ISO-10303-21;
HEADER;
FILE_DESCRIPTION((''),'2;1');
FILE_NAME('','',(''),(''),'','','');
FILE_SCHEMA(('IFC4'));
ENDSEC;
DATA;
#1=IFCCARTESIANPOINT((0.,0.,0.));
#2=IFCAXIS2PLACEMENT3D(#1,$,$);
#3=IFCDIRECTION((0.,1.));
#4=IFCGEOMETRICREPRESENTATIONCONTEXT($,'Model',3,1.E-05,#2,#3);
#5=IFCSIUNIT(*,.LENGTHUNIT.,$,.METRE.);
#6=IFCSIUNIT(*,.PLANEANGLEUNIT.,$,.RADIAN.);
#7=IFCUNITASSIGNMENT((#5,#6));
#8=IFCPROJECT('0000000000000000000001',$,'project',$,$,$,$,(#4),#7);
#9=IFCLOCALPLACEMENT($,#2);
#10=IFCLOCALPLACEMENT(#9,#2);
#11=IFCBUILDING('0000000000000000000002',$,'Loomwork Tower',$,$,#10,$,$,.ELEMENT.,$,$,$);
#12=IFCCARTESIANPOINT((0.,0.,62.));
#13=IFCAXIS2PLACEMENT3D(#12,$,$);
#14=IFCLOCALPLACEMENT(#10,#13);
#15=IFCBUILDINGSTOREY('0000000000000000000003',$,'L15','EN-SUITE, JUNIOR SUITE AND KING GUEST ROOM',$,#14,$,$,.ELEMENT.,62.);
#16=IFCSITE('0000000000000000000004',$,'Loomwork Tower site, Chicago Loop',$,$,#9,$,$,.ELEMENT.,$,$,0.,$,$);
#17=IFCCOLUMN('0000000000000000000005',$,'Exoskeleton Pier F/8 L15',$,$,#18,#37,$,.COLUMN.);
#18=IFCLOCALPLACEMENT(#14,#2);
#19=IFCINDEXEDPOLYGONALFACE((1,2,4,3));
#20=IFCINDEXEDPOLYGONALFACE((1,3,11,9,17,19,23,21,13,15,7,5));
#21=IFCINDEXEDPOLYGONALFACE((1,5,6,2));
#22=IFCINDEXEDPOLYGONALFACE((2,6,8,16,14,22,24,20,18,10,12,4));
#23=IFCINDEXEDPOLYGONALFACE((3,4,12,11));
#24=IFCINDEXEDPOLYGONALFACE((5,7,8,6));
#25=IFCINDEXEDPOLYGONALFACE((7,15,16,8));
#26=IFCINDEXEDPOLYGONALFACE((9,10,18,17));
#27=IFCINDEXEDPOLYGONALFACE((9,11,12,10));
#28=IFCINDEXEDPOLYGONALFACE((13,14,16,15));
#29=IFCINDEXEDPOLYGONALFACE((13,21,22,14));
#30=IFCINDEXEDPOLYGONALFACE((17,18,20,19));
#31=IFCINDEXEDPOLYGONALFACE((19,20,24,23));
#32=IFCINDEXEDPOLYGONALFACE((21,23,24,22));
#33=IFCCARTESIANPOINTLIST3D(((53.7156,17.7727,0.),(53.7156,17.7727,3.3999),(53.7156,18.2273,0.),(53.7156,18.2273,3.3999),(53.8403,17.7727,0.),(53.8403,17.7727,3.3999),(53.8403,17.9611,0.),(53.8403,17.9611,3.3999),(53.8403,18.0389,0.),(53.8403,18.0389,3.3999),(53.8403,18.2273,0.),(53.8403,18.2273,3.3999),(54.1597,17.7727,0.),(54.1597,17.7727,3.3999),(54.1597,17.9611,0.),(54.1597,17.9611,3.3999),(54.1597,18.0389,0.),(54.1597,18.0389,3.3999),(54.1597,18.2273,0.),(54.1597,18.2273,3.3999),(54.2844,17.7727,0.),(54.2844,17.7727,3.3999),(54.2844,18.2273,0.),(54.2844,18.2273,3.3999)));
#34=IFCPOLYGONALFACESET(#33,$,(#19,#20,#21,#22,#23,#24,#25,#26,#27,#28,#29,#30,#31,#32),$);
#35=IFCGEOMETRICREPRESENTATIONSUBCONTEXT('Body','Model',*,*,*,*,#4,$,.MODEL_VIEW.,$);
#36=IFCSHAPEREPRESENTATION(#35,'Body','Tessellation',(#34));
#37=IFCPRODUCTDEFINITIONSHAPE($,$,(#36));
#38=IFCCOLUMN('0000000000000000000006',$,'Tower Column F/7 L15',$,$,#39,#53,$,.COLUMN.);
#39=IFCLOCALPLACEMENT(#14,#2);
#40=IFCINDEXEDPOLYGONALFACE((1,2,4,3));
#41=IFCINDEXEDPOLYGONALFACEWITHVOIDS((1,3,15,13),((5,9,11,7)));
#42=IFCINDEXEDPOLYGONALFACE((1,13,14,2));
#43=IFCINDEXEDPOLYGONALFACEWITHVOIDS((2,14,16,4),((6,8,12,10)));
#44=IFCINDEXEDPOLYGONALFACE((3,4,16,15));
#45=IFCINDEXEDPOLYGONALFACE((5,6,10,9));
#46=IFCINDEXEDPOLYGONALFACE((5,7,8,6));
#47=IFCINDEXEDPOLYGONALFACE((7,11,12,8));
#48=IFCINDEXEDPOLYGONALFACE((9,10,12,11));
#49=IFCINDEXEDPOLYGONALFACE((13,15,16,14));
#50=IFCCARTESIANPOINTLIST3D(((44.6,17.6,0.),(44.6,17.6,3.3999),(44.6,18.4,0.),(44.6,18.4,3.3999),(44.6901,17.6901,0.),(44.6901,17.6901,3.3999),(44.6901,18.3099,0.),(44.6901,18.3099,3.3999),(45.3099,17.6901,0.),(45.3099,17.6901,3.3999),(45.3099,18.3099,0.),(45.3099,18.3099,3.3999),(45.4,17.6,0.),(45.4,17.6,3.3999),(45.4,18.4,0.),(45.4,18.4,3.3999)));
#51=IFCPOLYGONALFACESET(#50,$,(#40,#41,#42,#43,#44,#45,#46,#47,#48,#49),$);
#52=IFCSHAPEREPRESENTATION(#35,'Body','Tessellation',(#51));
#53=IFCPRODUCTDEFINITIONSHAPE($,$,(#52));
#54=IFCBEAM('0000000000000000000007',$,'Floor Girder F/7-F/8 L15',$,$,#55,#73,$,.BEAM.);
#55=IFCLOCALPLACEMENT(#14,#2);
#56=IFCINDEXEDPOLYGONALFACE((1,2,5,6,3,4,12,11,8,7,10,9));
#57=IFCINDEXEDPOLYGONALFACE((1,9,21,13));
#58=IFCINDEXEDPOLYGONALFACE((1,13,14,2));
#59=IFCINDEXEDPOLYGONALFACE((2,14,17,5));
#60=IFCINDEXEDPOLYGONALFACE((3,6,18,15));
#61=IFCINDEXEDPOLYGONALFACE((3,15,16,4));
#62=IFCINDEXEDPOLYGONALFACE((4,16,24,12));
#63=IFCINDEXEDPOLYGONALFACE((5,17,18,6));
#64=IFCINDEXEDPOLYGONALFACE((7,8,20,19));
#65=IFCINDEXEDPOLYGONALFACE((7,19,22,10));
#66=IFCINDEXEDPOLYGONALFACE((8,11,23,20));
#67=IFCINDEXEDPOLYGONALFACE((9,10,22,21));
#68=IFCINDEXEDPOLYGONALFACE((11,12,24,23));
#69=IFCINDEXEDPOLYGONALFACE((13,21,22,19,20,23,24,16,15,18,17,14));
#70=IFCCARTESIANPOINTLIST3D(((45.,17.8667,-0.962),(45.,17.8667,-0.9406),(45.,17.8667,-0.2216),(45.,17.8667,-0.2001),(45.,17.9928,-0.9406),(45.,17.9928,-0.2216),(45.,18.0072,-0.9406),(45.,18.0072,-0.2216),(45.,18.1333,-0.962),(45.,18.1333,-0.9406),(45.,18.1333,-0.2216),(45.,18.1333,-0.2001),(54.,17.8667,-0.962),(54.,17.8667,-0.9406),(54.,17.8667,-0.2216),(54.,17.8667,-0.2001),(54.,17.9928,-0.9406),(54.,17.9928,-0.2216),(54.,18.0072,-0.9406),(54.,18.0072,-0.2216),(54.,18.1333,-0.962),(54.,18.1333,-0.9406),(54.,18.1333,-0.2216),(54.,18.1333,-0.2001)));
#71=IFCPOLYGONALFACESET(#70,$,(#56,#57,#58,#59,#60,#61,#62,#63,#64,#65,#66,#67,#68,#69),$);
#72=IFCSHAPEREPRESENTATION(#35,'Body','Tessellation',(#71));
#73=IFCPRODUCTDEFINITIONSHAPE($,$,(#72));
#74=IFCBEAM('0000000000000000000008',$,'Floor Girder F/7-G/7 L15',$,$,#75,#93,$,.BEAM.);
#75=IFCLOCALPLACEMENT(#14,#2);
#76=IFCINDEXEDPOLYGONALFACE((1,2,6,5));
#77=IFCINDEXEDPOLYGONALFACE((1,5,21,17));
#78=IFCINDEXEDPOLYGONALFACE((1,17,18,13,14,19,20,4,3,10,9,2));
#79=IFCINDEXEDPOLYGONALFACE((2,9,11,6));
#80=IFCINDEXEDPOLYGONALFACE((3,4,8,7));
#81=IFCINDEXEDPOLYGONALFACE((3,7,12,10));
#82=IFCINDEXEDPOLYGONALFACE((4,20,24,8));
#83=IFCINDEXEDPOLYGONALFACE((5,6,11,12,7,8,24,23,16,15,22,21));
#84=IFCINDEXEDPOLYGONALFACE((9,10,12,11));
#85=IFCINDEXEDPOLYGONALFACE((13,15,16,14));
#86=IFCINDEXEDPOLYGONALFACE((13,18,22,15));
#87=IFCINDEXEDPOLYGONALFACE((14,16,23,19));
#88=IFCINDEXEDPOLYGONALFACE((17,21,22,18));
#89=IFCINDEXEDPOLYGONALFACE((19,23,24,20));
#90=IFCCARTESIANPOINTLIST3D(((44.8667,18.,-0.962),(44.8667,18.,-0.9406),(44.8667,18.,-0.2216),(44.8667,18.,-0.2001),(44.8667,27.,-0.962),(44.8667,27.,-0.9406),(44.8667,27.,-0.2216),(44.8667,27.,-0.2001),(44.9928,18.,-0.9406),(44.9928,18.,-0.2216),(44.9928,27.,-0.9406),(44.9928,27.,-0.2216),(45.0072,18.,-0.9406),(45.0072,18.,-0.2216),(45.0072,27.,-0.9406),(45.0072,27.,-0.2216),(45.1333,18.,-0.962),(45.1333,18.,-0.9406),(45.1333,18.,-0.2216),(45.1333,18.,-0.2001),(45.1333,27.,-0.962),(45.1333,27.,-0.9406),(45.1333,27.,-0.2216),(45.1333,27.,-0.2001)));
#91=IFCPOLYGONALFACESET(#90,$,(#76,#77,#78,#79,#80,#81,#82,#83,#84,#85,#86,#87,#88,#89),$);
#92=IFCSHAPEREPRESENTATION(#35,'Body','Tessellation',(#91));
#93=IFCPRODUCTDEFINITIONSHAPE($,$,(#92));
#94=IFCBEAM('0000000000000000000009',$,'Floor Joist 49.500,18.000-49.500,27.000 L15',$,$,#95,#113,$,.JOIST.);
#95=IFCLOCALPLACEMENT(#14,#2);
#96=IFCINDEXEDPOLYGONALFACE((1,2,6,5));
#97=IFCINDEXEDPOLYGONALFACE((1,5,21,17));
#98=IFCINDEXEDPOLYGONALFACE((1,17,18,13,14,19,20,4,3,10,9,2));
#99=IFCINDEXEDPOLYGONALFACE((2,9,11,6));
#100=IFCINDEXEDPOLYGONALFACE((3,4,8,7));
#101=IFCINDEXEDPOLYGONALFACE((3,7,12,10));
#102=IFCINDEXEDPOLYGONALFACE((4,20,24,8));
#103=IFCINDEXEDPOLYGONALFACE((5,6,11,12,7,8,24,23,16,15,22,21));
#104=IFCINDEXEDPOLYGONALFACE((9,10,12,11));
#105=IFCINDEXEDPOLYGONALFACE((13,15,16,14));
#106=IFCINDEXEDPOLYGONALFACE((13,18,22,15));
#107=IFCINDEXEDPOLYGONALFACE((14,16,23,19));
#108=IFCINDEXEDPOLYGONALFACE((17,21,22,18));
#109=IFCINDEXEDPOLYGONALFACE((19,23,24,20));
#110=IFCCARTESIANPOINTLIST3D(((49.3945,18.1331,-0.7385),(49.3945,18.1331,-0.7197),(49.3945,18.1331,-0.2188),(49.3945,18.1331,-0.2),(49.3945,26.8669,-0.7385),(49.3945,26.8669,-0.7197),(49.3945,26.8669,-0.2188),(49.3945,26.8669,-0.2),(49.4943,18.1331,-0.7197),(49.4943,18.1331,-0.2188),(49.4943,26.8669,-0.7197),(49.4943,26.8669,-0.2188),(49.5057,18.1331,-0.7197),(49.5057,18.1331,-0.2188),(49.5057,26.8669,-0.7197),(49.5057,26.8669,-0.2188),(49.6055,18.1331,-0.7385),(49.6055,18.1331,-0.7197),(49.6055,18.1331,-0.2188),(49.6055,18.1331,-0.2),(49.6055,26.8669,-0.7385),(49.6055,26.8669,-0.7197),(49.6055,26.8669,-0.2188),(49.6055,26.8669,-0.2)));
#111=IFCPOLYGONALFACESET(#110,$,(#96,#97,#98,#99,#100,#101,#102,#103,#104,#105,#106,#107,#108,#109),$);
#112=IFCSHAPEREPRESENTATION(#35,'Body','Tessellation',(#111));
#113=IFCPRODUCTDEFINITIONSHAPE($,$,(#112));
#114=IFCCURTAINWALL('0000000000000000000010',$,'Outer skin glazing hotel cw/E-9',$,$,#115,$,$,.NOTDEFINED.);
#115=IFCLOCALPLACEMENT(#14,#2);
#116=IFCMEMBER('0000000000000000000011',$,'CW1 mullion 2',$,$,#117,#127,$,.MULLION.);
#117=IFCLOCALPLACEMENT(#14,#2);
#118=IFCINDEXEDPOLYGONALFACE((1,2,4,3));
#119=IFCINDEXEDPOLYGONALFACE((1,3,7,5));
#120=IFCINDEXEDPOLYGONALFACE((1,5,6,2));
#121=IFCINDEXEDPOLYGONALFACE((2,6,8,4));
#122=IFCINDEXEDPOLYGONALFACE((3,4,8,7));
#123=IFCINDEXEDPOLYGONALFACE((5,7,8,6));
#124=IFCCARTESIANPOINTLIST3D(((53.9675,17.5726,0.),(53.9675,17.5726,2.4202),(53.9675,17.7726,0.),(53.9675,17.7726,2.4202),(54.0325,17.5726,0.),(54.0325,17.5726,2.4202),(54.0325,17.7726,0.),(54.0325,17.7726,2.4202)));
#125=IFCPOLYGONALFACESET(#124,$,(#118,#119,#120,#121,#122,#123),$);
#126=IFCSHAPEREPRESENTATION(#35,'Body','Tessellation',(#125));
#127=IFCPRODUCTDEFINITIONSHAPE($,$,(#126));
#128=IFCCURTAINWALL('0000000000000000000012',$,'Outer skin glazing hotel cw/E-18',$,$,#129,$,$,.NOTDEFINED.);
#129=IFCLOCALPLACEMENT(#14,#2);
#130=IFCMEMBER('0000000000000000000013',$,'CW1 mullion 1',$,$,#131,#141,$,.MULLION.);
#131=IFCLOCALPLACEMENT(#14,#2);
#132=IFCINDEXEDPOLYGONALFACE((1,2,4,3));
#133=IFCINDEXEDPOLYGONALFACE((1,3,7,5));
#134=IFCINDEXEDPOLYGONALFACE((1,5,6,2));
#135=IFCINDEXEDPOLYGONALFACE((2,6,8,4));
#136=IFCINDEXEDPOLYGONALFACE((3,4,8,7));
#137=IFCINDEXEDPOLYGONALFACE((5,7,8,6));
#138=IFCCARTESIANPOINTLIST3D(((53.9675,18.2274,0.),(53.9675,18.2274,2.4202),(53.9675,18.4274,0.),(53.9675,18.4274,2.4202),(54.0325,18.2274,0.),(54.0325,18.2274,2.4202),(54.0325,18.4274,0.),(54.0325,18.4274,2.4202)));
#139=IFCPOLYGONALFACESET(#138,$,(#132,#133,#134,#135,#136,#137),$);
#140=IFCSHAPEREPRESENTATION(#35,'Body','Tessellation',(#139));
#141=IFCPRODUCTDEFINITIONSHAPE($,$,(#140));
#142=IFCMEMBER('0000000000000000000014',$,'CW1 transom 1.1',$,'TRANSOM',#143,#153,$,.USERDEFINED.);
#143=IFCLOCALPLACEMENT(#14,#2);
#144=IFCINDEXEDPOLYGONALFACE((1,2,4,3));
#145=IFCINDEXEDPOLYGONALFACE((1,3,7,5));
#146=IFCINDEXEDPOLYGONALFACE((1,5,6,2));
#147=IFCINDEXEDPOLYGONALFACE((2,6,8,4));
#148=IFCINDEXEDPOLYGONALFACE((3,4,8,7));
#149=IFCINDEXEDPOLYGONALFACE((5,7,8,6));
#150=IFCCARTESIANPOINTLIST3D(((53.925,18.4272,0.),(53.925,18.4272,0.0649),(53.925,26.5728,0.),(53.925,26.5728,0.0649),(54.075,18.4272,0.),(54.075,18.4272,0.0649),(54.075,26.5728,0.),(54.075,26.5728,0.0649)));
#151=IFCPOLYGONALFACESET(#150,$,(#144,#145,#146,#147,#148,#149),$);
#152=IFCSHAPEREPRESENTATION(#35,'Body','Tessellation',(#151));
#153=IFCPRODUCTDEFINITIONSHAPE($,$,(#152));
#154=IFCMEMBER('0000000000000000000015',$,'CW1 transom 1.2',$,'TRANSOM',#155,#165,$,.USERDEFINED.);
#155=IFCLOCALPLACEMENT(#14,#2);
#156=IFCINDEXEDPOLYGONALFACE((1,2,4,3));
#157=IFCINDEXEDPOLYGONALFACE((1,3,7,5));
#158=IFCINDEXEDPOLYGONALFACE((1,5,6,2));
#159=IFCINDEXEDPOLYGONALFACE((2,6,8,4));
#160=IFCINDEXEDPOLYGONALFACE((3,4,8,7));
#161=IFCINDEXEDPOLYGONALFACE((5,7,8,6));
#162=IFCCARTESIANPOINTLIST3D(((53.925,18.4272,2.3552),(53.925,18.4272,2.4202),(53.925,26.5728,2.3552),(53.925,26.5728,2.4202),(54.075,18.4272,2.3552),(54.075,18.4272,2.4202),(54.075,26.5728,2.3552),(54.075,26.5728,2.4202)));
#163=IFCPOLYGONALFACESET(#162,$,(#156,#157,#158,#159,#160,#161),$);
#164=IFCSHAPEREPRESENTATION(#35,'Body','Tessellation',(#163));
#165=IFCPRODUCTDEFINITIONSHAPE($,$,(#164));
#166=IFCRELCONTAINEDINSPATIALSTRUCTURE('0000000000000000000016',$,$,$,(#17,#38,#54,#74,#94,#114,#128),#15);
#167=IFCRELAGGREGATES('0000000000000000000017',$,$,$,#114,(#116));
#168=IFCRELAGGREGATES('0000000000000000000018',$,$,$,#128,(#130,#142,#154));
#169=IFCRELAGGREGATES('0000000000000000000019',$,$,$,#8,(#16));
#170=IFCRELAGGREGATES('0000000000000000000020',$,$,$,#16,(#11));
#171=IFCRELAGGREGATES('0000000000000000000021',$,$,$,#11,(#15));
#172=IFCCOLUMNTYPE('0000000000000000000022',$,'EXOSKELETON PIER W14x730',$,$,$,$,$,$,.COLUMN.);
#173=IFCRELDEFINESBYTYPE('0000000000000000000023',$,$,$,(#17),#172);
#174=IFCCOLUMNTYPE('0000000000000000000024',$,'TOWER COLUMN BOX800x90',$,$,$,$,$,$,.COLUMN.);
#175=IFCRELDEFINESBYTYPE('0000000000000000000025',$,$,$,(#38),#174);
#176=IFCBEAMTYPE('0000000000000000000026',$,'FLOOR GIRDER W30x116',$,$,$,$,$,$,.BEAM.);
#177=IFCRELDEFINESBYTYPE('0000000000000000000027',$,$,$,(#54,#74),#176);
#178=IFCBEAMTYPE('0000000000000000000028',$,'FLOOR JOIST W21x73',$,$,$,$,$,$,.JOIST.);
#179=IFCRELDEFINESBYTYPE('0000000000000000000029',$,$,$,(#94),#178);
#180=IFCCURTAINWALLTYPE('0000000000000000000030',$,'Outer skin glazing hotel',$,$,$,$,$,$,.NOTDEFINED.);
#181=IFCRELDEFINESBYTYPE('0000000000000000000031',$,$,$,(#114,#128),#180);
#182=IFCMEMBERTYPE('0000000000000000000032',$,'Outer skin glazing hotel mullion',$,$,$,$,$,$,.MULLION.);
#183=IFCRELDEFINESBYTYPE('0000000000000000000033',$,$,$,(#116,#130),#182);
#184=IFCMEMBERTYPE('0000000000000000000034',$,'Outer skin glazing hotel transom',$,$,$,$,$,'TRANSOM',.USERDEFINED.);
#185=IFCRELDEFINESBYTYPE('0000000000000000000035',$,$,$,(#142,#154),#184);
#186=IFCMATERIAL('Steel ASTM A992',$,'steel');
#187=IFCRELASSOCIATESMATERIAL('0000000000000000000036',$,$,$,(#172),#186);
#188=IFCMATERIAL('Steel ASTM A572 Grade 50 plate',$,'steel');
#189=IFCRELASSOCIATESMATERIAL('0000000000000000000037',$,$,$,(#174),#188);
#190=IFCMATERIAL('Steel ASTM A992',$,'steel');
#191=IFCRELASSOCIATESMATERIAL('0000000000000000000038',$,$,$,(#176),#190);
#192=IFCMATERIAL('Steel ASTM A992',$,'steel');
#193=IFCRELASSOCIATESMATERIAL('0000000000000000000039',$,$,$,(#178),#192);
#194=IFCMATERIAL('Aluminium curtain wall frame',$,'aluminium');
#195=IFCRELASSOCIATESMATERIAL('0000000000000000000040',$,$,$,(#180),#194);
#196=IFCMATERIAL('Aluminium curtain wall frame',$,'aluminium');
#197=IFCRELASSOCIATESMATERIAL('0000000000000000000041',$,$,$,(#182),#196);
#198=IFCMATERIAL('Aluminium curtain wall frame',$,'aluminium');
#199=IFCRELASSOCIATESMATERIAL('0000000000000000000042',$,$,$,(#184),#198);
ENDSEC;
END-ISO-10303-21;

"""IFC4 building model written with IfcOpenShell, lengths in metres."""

from ifc_helpers import new_model, si_unit, direction, frame, origin, origin_2d, place, context, subcontext, project, spatial, rectangle, hollow_rectangle, i_section, extrude, material, material_profile, profile_set, type_object, element, aggregate, save


model = new_model("IFC4")

# Units and contexts
model_context = context("Model", 3, precision=1e-05, world=origin(), true_north=direction((0.0, 1.0)))
body_context = subcontext(model_context, "Body", "Model", "MODEL_VIEW")
ifc_project = project(units=[si_unit("LENGTHUNIT", "METRE"), si_unit("PLANEANGLEUNIT", "RADIAN")], contexts=[model_context])

# Site, building, storey
site_placement = place(None, origin())
site = spatial("IfcSite", under=ifc_project, at=site_placement, Name="Loomwork Tower site, Chicago Loop", CompositionType="ELEMENT", RefElevation=0.0)
building_placement = place(site_placement, origin())
building = spatial("IfcBuilding", under=site, at=building_placement, Name="Loomwork Tower", CompositionType="ELEMENT")
storey_placement = place(building_placement, frame((0.0, 0.0, 62.0)))
storey = spatial("IfcBuildingStorey", under=building, at=storey_placement, Name="L15", Description="EN-SUITE, JUNIOR SUITE AND KING GUEST ROOM", CompositionType="ELEMENT", Elevation=62.0)

# Columns
ifc_material_1 = material(Name="Steel ASTM A992", Category="steel")
ifc_material_profile_1 = material_profile(ifc_material_1, i_section(OverallWidth=0.4546, OverallDepth=0.5688, WebThickness=0.0779, FlangeThickness=0.1248, at=origin_2d()), Name="W14x730")
ifc_profile_set_1 = profile_set([ifc_material_profile_1], Name="Steel ASTM A992")
column_type_1 = type_object("IfcColumnType", Name="EXOSKELETON PIER W14x730", PredefinedType="COLUMN", material=ifc_profile_set_1)
column_1_placement = place(storey_placement, frame((54.0, 18.0, 0.0), z_axis=(0.0, 0.0, 1.0), x_axis=(0.0, 1.0, 0.0)))
element("IfcColumn", 1, at=column_1_placement, inside=storey, type_object=column_type_1, Name="Exoskeleton Pier F/8 L15", PredefinedType="COLUMN", context=body_context, shape_type="SweptSolid", body=[
    extrude(i_section(OverallWidth=0.4546, OverallDepth=0.5688, WebThickness=0.0779, FlangeThickness=0.1248, at=origin_2d()), origin(), (0.0, 0.0, 1.0), 3.3999),
])
ifc_material_2 = material(Name="Steel ASTM A572 Grade 50 plate", Category="steel")
ifc_material_profile_2 = material_profile(ifc_material_2, hollow_rectangle(XDim=0.8, YDim=0.8, WallThickness=0.0901, at=origin_2d()), Name="BOX800x90")
ifc_profile_set_2 = profile_set([ifc_material_profile_2], Name="Steel ASTM A572 Grade 50 plate")
column_type_2 = type_object("IfcColumnType", Name="TOWER COLUMN BOX800x90", PredefinedType="COLUMN", material=ifc_profile_set_2)
column_2_placement = place(storey_placement, frame((45.0, 18.0, 0.0), z_axis=(0.0, 0.0, 1.0), x_axis=(0.0, 1.0, 0.0)))
element("IfcColumn", 2, at=column_2_placement, inside=storey, type_object=column_type_2, Name="Tower Column F/7 L15", PredefinedType="COLUMN", context=body_context, shape_type="SweptSolid", body=[
    extrude(hollow_rectangle(XDim=0.8, YDim=0.8, WallThickness=0.0901, at=origin_2d()), origin(), (0.0, 0.0, 1.0), 3.3999),
])

# Beams
ifc_material_3 = material(Name="Steel ASTM A992", Category="steel")
ifc_material_profile_3 = material_profile(ifc_material_3, i_section(OverallWidth=0.2666, OverallDepth=0.762, WebThickness=0.0144, FlangeThickness=0.0215, at=origin_2d()), Name="W30x116")
ifc_profile_set_3 = profile_set([ifc_material_profile_3], Name="Steel ASTM A992")
beam_type_1 = type_object("IfcBeamType", Name="FLOOR GIRDER W30x116", PredefinedType="BEAM", material=ifc_profile_set_3)
for number, where, z_axis, x_axis, name in (
    (3, (45.0, 18.0, -0.5811), (1.0, 0.0, 0.0), (0.0, 1.0, 0.0), "Floor Girder F/7-F/8 L15"),
    (4, (45.0, 18.0, -0.5811), (0.0, 1.0, 0.0), (-1.0, 0.0, 0.0), "Floor Girder F/7-G/7 L15"),
):
    element("IfcBeam", number, at=place(storey_placement, frame(where, z_axis=z_axis, x_axis=x_axis)), inside=storey, type_object=beam_type_1, Name=name, PredefinedType="BEAM", context=body_context, shape_type="SweptSolid", body=[
        extrude(i_section(OverallWidth=0.2666, OverallDepth=0.762, WebThickness=0.0144, FlangeThickness=0.0215, at=origin_2d()), origin(), (0.0, 0.0, 1.0), 9.0),
    ])
ifc_material_4 = material(Name="Steel ASTM A992", Category="steel")
ifc_material_profile_4 = material_profile(ifc_material_4, i_section(OverallWidth=0.2109, OverallDepth=0.5386, WebThickness=0.0115, FlangeThickness=0.0188, at=origin_2d()), Name="W21x73")
ifc_profile_set_4 = profile_set([ifc_material_profile_4], Name="Steel ASTM A992")
beam_type_2 = type_object("IfcBeamType", Name="FLOOR JOIST W21x73", PredefinedType="JOIST", material=ifc_profile_set_4)
beam_1_placement = place(storey_placement, frame((49.5, 18.1331, -0.4692), z_axis=(0.0, 1.0, 0.0), x_axis=(-1.0, 0.0, 0.0)))
element("IfcBeam", 5, at=beam_1_placement, inside=storey, type_object=beam_type_2, Name="Floor Joist 49.500,18.000-49.500,27.000 L15", PredefinedType="JOIST", context=body_context, shape_type="SweptSolid", body=[
    extrude(i_section(OverallWidth=0.2109, OverallDepth=0.5386, WebThickness=0.0115, FlangeThickness=0.0188, at=origin_2d()), origin(), (0.0, 0.0, 1.0), 8.7339),
])

# Curtain wall, member
ifc_material_5 = material(Name="Aluminium curtain wall frame", Category="aluminium")
curtain_wall_type = type_object("IfcCurtainWallType", Name="Outer skin glazing hotel", PredefinedType="NOTDEFINED", material=ifc_material_5)
curtain_wall_1_placement = place(storey_placement, origin())
curtain_wall_1 = element("IfcCurtainWall", 6, at=curtain_wall_1_placement, inside=storey, type_object=curtain_wall_type, Name="Outer skin glazing hotel cw/E-9", PredefinedType="NOTDEFINED")
ifc_material_6 = material(Name="Aluminium curtain wall frame", Category="aluminium")
ifc_material_profile_5 = material_profile(ifc_material_6, rectangle(XDim=0.0649, YDim=0.2, at=origin_2d()), Name="AL 65x200")
ifc_profile_set_5 = profile_set([ifc_material_profile_5], Name="Aluminium curtain wall frame")
member_type_1 = type_object("IfcMemberType", Name="Outer skin glazing hotel mullion", PredefinedType="MULLION", material=ifc_profile_set_5)
member_1_placement = place(storey_placement, frame((54.0, 17.6726, 0.0), z_axis=(0.0, 0.0, 1.0), x_axis=(-1.0, 0.0, 0.0)))
member_1 = element("IfcMember", 7, at=member_1_placement, type_object=member_type_1, Name="CW1 mullion 2", PredefinedType="MULLION", context=body_context, shape_type="SweptSolid", body=[
    extrude(rectangle(XDim=0.0649, YDim=0.2, at=origin_2d()), origin(), (0.0, 0.0, 1.0), 2.4202),
])
aggregate(curtain_wall_1, [member_1])

# Curtain wall, members
curtain_wall_2_placement = place(storey_placement, origin())
curtain_wall_2 = element("IfcCurtainWall", 8, at=curtain_wall_2_placement, inside=storey, type_object=curtain_wall_type, Name="Outer skin glazing hotel cw/E-18", PredefinedType="NOTDEFINED")
member_2_placement = place(storey_placement, frame((54.0, 18.3274, 0.0), z_axis=(0.0, 0.0, 1.0), x_axis=(-1.0, 0.0, 0.0)))
member_2 = element("IfcMember", 9, at=member_2_placement, type_object=member_type_1, Name="CW1 mullion 1", PredefinedType="MULLION", context=body_context, shape_type="SweptSolid", body=[
    extrude(rectangle(XDim=0.0649, YDim=0.2, at=origin_2d()), origin(), (0.0, 0.0, 1.0), 2.4202),
])
ifc_material_7 = material(Name="Aluminium curtain wall frame", Category="aluminium")
ifc_material_profile_6 = material_profile(ifc_material_7, rectangle(XDim=0.1499, YDim=0.0649, at=origin_2d()), Name="AL 65x150")
ifc_profile_set_6 = profile_set([ifc_material_profile_6], Name="Aluminium curtain wall frame")
member_type_2 = type_object("IfcMemberType", Name="Outer skin glazing hotel transom", ElementType="TRANSOM", PredefinedType="USERDEFINED", material=ifc_profile_set_6)
member_3_placement = place(storey_placement, frame((54.0, 18.4272, 0.0325), z_axis=(0.0, 1.0, 0.0), x_axis=(-1.0, 0.0, 0.0)))
member_3 = element("IfcMember", 10, at=member_3_placement, type_object=member_type_2, Name="CW1 transom 1.1", ObjectType="TRANSOM", PredefinedType="USERDEFINED", context=body_context, shape_type="SweptSolid", body=[
    extrude(rectangle(XDim=0.1499, YDim=0.0649, at=origin_2d()), origin(), (0.0, 0.0, 1.0), 8.1455),
])
member_4_placement = place(storey_placement, frame((54.0, 18.4272, 2.3877), z_axis=(0.0, 1.0, 0.0), x_axis=(-1.0, 0.0, 0.0)))
member_4 = element("IfcMember", 11, at=member_4_placement, type_object=member_type_2, Name="CW1 transom 1.2", ObjectType="TRANSOM", PredefinedType="USERDEFINED", context=body_context, shape_type="SweptSolid", body=[
    extrude(rectangle(XDim=0.1499, YDim=0.0649, at=origin_2d()), origin(), (0.0, 0.0, 1.0), 8.1455),
])
aggregate(curtain_wall_2, [member_2, member_3, member_4])

save(model, "model.ifc")
